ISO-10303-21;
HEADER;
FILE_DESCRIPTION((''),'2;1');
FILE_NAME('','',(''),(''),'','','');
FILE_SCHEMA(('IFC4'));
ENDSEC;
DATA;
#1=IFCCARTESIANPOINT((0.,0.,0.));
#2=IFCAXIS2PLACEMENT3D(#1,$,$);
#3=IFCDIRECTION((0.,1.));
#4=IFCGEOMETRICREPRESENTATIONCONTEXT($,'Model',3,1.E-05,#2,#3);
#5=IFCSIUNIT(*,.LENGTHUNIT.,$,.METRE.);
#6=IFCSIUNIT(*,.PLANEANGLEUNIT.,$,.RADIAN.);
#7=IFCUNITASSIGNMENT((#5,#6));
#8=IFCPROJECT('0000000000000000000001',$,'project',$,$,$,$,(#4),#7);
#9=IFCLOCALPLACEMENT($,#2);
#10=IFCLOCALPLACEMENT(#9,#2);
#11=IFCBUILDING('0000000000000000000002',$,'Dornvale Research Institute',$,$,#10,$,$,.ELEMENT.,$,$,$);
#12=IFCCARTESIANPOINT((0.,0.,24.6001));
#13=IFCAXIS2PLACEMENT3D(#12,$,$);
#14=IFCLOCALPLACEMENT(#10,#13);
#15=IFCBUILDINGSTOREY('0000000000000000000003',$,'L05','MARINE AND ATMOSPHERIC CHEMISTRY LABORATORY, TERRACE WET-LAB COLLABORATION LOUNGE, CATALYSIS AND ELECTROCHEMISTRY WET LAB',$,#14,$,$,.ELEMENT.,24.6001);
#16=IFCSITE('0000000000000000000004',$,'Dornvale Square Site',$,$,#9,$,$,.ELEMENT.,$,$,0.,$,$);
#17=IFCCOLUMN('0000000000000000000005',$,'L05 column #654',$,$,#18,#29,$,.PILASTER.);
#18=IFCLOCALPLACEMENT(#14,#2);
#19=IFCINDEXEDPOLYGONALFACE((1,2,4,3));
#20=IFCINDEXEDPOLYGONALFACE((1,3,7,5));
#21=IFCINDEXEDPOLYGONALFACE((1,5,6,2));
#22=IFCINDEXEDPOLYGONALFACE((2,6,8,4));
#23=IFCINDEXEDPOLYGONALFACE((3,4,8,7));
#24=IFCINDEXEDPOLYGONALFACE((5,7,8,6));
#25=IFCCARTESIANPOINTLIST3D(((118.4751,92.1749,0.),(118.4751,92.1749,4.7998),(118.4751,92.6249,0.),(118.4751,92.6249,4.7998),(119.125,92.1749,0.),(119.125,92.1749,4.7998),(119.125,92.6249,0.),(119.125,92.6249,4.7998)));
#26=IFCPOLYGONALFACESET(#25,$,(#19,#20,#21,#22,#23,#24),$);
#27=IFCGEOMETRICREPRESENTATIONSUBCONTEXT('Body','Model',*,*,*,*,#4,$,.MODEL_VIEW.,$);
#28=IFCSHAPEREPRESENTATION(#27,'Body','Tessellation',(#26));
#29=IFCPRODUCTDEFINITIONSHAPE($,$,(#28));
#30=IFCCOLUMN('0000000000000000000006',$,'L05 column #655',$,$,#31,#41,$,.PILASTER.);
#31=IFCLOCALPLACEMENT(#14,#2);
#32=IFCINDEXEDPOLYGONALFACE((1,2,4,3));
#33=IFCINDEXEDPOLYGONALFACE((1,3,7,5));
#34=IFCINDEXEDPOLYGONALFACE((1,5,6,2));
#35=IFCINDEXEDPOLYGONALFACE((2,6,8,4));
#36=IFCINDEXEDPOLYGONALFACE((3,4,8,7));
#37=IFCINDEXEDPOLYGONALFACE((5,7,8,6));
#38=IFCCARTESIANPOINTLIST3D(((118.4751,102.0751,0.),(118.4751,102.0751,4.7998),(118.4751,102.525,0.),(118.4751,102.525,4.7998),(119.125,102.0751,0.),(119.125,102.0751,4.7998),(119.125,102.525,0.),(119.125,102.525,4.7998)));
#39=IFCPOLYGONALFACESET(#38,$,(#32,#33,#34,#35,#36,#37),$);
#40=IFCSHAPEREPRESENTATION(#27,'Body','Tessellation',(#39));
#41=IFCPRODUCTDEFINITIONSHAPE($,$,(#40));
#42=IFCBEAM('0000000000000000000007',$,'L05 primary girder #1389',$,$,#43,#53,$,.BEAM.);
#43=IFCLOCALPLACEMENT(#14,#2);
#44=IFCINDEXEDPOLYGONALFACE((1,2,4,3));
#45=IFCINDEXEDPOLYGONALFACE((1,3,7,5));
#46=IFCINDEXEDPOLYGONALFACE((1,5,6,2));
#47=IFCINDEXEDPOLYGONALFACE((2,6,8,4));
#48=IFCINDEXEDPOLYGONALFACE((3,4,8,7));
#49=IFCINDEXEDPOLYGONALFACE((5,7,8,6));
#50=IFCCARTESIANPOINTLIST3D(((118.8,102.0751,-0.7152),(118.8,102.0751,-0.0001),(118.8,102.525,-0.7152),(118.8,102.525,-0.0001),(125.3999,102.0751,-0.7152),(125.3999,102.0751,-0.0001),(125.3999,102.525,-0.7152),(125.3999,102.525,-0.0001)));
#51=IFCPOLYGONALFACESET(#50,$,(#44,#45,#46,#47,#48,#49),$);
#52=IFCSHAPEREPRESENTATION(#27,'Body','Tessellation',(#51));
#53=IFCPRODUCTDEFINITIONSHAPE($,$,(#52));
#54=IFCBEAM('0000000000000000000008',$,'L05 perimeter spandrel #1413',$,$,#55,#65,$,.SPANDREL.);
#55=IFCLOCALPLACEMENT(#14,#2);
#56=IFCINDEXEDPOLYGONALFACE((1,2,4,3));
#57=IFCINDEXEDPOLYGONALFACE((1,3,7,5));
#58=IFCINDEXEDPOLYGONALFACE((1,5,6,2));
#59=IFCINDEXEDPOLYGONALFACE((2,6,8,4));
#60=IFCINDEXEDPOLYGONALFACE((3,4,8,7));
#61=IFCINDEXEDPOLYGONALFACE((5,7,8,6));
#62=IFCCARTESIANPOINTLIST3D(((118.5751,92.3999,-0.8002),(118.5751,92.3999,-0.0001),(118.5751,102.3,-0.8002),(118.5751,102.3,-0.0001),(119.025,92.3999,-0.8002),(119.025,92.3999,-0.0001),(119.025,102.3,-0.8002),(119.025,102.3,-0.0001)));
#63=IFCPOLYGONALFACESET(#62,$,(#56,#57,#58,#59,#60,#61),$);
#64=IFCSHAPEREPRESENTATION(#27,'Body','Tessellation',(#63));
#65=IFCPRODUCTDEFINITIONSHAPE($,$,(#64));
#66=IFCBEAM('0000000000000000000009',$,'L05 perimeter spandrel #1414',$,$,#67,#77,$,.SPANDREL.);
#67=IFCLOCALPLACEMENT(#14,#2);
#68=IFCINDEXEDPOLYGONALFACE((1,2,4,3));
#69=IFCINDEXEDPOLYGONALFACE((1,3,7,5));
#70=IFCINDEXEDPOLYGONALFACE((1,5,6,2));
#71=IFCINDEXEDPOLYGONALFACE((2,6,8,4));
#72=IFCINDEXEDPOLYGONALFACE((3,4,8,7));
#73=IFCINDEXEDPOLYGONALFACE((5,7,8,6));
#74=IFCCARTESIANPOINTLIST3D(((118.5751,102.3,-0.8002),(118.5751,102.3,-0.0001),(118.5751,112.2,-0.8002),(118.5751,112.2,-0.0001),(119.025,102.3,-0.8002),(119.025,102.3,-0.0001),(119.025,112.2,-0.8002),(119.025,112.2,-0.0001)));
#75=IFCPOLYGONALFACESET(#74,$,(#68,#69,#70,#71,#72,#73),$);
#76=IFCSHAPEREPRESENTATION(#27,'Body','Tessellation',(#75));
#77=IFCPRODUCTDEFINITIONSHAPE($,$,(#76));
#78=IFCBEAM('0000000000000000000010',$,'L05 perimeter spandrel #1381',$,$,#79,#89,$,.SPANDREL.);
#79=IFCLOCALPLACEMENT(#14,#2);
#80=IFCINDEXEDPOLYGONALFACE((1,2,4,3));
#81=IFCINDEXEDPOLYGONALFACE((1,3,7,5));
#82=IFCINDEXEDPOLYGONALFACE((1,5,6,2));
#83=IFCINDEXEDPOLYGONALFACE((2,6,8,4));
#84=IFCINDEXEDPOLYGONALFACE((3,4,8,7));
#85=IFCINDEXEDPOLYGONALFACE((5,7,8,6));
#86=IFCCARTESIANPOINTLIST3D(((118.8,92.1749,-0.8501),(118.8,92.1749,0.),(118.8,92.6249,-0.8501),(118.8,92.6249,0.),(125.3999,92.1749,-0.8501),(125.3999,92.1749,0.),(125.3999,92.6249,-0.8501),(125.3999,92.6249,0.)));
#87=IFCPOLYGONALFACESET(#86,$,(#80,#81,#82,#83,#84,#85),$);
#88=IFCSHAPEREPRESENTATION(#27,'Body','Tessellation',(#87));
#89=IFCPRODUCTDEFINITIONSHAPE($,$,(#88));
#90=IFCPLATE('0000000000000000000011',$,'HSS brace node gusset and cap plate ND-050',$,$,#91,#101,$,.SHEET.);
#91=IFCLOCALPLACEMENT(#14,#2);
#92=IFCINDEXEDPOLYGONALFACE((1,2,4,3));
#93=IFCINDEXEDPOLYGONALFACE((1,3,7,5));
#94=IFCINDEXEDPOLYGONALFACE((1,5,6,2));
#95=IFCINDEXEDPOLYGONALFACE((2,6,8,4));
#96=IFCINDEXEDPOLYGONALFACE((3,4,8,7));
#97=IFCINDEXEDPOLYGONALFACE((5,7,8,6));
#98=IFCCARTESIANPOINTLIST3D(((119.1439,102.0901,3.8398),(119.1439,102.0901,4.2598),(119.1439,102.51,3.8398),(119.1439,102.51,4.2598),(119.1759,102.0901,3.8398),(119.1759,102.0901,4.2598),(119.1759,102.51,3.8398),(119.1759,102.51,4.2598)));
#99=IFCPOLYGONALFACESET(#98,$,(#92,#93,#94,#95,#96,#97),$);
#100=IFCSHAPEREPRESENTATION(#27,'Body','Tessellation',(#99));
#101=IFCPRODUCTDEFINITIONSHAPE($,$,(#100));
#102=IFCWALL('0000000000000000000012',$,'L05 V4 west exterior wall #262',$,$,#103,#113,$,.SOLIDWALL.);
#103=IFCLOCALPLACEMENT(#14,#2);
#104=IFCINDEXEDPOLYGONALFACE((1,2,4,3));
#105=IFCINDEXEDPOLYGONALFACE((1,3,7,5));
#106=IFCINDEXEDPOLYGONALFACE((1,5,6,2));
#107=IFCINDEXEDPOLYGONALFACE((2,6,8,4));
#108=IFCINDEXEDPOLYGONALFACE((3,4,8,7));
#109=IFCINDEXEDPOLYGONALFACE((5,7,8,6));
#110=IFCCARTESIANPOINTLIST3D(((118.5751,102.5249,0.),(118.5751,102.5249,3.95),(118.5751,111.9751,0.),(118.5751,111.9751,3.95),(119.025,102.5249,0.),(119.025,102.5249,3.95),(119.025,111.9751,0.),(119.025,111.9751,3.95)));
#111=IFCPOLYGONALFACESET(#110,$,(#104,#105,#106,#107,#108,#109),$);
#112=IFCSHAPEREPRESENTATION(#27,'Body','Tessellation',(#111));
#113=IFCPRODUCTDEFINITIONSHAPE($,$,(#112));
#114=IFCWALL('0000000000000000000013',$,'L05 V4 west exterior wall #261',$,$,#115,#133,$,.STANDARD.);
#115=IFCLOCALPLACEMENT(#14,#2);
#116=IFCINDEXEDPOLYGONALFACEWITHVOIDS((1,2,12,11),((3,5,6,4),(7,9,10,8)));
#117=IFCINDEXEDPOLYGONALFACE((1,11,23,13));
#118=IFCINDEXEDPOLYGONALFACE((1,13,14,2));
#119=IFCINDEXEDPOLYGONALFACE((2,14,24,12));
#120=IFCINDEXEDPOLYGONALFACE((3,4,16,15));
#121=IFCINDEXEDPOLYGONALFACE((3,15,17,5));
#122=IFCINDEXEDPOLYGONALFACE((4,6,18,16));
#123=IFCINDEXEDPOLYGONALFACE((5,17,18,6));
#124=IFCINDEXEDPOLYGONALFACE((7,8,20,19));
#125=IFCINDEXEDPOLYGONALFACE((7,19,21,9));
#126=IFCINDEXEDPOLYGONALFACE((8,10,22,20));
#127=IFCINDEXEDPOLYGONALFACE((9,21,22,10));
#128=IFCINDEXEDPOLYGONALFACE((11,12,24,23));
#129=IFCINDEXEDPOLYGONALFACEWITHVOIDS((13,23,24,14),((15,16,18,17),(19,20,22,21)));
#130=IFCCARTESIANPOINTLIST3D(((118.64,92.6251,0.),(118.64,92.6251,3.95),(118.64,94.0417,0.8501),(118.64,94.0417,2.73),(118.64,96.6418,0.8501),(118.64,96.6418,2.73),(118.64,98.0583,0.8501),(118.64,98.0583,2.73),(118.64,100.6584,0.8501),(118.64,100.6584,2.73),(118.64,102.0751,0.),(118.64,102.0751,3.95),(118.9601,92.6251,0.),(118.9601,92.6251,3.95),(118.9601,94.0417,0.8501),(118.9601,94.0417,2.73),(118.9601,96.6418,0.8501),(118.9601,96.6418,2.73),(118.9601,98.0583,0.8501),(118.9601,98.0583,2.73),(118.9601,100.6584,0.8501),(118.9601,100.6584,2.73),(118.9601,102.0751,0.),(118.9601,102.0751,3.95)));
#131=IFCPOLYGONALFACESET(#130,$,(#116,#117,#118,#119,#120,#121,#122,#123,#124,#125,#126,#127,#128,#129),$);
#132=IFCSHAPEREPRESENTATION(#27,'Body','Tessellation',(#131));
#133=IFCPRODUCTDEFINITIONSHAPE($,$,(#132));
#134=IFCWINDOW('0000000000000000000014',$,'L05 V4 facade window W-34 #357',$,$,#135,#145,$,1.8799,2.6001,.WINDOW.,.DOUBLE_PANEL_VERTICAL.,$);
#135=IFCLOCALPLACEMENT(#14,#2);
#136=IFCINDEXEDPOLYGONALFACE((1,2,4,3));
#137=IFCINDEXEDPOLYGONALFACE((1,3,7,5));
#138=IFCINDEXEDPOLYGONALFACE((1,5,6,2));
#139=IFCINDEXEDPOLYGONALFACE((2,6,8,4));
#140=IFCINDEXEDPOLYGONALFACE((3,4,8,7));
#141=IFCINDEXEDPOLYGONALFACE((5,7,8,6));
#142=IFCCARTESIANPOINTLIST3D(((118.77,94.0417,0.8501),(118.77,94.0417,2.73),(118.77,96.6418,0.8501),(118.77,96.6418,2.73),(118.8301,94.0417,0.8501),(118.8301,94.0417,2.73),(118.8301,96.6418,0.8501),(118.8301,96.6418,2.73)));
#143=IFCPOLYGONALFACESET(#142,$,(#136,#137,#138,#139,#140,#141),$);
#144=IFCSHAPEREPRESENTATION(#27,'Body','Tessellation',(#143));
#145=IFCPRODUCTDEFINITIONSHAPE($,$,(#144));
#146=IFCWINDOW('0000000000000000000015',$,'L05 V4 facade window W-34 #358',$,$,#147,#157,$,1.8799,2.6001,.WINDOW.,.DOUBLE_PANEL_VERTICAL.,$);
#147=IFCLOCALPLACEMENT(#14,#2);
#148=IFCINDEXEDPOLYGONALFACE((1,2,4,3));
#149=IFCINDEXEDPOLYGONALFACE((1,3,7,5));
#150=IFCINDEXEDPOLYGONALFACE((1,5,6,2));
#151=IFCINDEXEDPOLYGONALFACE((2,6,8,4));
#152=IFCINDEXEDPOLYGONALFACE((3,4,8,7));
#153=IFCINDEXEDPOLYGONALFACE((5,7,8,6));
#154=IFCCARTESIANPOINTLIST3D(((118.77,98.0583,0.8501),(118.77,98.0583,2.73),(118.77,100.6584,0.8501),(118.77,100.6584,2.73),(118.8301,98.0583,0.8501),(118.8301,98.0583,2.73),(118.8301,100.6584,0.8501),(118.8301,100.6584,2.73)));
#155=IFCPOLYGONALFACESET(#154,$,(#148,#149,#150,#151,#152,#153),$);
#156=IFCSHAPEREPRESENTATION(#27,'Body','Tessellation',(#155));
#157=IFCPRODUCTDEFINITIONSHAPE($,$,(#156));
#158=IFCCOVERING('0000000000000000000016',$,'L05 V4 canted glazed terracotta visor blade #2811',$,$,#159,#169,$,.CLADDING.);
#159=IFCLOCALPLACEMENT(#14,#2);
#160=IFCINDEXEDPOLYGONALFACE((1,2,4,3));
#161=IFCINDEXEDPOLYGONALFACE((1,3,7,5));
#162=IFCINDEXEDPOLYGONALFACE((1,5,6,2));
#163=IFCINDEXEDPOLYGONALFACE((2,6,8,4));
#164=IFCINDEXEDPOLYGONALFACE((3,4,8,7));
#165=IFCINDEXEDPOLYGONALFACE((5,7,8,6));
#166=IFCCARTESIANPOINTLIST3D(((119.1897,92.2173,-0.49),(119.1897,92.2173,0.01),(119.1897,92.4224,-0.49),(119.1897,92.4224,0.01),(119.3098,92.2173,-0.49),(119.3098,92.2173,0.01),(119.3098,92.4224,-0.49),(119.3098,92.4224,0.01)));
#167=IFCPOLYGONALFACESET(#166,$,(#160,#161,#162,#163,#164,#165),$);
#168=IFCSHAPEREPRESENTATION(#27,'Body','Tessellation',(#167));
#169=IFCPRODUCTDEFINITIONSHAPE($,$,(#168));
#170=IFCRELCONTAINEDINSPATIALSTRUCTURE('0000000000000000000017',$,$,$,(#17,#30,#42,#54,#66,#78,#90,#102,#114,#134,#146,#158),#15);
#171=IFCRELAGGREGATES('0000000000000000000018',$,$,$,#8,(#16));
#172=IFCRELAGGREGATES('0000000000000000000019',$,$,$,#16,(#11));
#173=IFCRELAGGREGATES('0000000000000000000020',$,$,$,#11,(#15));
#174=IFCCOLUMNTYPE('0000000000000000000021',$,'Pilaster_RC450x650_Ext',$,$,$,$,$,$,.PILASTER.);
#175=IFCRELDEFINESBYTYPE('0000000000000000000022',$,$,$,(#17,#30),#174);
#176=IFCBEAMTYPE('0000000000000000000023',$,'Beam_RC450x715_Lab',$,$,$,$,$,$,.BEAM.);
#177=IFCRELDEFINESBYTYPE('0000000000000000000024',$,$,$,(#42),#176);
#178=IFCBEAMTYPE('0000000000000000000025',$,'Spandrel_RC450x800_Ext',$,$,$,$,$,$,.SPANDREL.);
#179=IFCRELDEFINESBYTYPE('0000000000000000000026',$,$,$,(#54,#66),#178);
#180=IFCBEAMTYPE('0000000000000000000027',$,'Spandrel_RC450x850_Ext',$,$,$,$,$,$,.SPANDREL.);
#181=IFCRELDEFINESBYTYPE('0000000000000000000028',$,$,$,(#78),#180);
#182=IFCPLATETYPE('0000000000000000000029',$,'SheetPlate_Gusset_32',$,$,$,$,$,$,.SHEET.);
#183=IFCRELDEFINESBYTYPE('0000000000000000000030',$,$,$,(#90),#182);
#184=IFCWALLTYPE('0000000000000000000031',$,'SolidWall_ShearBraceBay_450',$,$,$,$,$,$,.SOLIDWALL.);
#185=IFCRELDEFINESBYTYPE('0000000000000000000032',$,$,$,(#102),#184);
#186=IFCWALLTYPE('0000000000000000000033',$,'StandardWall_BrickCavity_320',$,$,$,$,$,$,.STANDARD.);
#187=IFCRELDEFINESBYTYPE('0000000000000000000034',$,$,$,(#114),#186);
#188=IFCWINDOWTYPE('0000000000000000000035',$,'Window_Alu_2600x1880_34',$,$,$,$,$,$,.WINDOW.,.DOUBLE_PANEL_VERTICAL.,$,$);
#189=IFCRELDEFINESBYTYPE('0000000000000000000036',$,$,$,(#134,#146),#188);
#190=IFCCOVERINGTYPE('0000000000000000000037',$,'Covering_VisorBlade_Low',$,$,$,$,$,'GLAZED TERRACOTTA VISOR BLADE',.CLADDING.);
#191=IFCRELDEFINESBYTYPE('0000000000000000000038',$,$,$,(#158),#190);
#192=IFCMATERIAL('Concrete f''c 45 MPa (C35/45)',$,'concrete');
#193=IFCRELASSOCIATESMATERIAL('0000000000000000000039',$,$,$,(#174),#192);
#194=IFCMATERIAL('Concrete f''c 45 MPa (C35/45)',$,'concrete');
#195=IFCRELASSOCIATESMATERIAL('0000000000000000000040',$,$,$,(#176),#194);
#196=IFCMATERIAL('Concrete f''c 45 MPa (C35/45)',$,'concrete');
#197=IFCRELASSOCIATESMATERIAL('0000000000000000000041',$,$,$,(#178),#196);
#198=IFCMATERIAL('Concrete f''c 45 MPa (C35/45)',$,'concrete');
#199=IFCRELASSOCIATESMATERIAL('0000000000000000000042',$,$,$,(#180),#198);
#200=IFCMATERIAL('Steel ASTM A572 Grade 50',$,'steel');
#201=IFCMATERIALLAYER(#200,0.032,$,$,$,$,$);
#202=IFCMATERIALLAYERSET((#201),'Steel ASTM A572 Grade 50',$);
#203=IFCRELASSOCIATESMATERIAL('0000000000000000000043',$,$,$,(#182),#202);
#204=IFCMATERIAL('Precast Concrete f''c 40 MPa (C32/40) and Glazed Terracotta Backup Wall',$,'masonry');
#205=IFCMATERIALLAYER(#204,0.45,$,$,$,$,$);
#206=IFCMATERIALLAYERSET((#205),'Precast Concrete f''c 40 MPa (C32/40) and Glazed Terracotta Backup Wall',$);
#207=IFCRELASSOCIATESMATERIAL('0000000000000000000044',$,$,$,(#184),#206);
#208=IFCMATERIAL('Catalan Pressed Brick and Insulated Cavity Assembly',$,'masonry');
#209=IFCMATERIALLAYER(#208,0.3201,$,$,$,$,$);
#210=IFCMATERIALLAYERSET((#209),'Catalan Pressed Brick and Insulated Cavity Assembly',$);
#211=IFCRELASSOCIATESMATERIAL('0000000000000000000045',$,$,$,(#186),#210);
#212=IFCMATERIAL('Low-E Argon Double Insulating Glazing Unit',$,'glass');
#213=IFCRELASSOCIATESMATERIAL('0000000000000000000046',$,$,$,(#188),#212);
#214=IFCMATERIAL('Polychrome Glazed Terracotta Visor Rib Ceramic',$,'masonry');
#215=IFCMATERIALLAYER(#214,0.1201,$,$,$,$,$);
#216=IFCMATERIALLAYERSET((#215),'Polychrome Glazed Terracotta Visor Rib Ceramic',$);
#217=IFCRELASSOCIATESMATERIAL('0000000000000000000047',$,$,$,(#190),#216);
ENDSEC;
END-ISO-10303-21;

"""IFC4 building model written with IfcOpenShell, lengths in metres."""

from ifc_helpers import new_model, si_unit, direction, frame, frame_2d, origin, origin_2d, place, context, subcontext, project, spatial, rectangle, extrude, material, layer, layer_set, material_profile, profile_set, type_object, element, fill, save


model = new_model("IFC4")

# Units and contexts
model_context = context("Model", 3, precision=1e-05, world=origin(), true_north=direction((0.0, 1.0)))
body_context = subcontext(model_context, "Body", "Model", "MODEL_VIEW")
ifc_project = project(units=[si_unit("LENGTHUNIT", "METRE"), si_unit("PLANEANGLEUNIT", "RADIAN")], contexts=[model_context])

# Site, building, storey
site_placement = place(None, origin())
site = spatial("IfcSite", under=ifc_project, at=site_placement, Name="Dornvale Square Site", CompositionType="ELEMENT", RefElevation=0.0)
building_placement = place(site_placement, origin())
building = spatial("IfcBuilding", under=site, at=building_placement, Name="Dornvale Research Institute", CompositionType="ELEMENT")
storey_placement = place(building_placement, frame((0.0, 0.0, 24.6001)))
storey = spatial("IfcBuildingStorey", under=building, at=storey_placement, Name="L05", Description="MARINE AND ATMOSPHERIC CHEMISTRY LABORATORY, TERRACE WET-LAB COLLABORATION LOUNGE, CATALYSIS AND ELECTROCHEMISTRY WET LAB", CompositionType="ELEMENT", Elevation=24.6001)

# Columns
ifc_material_1 = material(Name="Concrete f'c 45 MPa (C35/45)", Category="concrete")
ifc_material_profile_1 = material_profile(ifc_material_1, rectangle(XDim=0.45, YDim=0.6499, at=origin_2d()), Name="RC 450x650")
ifc_profile_set_1 = profile_set([ifc_material_profile_1], Name="Concrete f'c 45 MPa (C35/45)")
column_type = type_object("IfcColumnType", Name="Pilaster_RC450x650_Ext", PredefinedType="PILASTER", material=ifc_profile_set_1)
for number, where, z_axis, x_axis, name in (
    (1, (118.8, 92.3999, 0.0), (0.0, 0.0, 1.0), (0.0, 1.0, 0.0), "L05 column #654"),
    (2, (118.8, 102.3, 0.0), (0.0, 0.0, 1.0), (0.0, 1.0, 0.0), "L05 column #655"),
):
    element("IfcColumn", number, at=place(storey_placement, frame(where, z_axis=z_axis, x_axis=x_axis)), inside=storey, type_object=column_type, Name=name, PredefinedType="PILASTER", context=body_context, shape_type="SweptSolid", body=[
        extrude(rectangle(XDim=0.45, YDim=0.6499, at=origin_2d()), origin(), (0.0, 0.0, 1.0), 4.7998),
    ])

# Beams
ifc_material_2 = material(Name="Concrete f'c 45 MPa (C35/45)", Category="concrete")
ifc_material_profile_2 = material_profile(ifc_material_2, rectangle(XDim=0.45, YDim=0.7151, at=origin_2d()), Name="RC 450x715")
ifc_profile_set_2 = profile_set([ifc_material_profile_2], Name="Concrete f'c 45 MPa (C35/45)")
beam_type_1 = type_object("IfcBeamType", Name="Beam_RC450x715_Lab", PredefinedType="BEAM", material=ifc_profile_set_2)
beam_1_placement = place(storey_placement, frame((118.8, 102.3, -0.3577), z_axis=(1.0, 0.0, 0.0), x_axis=(0.0, 1.0, 0.0)))
element("IfcBeam", 3, at=beam_1_placement, inside=storey, type_object=beam_type_1, Name="L05 primary girder #1389", PredefinedType="BEAM", context=body_context, shape_type="SweptSolid", body=[
    extrude(rectangle(XDim=0.45, YDim=0.7151, at=origin_2d()), origin(), (0.0, 0.0, 1.0), 6.5999),
])
ifc_material_3 = material(Name="Concrete f'c 45 MPa (C35/45)", Category="concrete")
ifc_material_profile_3 = material_profile(ifc_material_3, rectangle(XDim=0.45, YDim=0.8, at=origin_2d()), Name="RC 450x800")
ifc_profile_set_3 = profile_set([ifc_material_profile_3], Name="Concrete f'c 45 MPa (C35/45)")
beam_type_2 = type_object("IfcBeamType", Name="Spandrel_RC450x800_Ext", PredefinedType="SPANDREL", material=ifc_profile_set_3)
beam_2_placement = place(storey_placement, frame((118.8, 92.3999, -0.4001), z_axis=(0.0, 1.0, 0.0), x_axis=(-1.0, 0.0, 0.0)))
element("IfcBeam", 4, at=beam_2_placement, inside=storey, type_object=beam_type_2, Name="L05 perimeter spandrel #1413", PredefinedType="SPANDREL", context=body_context, shape_type="SweptSolid", body=[
    extrude(rectangle(XDim=0.45, YDim=0.8, at=origin_2d()), origin(), (0.0, 0.0, 1.0), 9.9001),
])
beam_3_placement = place(storey_placement, frame((118.8, 102.3, -0.4001), z_axis=(0.0, 1.0, 0.0), x_axis=(-1.0, 0.0, 0.0)))
element("IfcBeam", 5, at=beam_3_placement, inside=storey, type_object=beam_type_2, Name="L05 perimeter spandrel #1414", PredefinedType="SPANDREL", context=body_context, shape_type="SweptSolid", body=[
    extrude(rectangle(XDim=0.45, YDim=0.8, at=origin_2d()), origin(), (0.0, 0.0, 1.0), 9.8999),
])
ifc_material_4 = material(Name="Concrete f'c 45 MPa (C35/45)", Category="concrete")
ifc_material_profile_4 = material_profile(ifc_material_4, rectangle(XDim=0.45, YDim=0.8501, at=origin_2d()), Name="RC 450x850")
ifc_profile_set_4 = profile_set([ifc_material_profile_4], Name="Concrete f'c 45 MPa (C35/45)")
beam_type_3 = type_object("IfcBeamType", Name="Spandrel_RC450x850_Ext", PredefinedType="SPANDREL", material=ifc_profile_set_4)
beam_4_placement = place(storey_placement, frame((118.8, 92.3999, -0.425), z_axis=(1.0, 0.0, 0.0), x_axis=(0.0, 1.0, 0.0)))
element("IfcBeam", 6, at=beam_4_placement, inside=storey, type_object=beam_type_3, Name="L05 perimeter spandrel #1381", PredefinedType="SPANDREL", context=body_context, shape_type="SweptSolid", body=[
    extrude(rectangle(XDim=0.45, YDim=0.8501, at=origin_2d()), origin(), (0.0, 0.0, 1.0), 6.5999),
])

# Plate
ifc_material_5 = material(Name="Steel ASTM A572 Grade 50", Category="steel")
ifc_layer_1 = layer(ifc_material_5, 0.032)
ifc_layer_set_1 = layer_set([ifc_layer_1], Name="Steel ASTM A572 Grade 50")
plate_type = type_object("IfcPlateType", Name="SheetPlate_Gusset_32", PredefinedType="SHEET", material=ifc_layer_set_1)
plate_placement = place(storey_placement, frame((119.1599, 102.3, 3.8398), z_axis=(0.0, 0.0, 1.0), x_axis=(0.0, 1.0, 0.0)))
element("IfcPlate", 7, at=plate_placement, inside=storey, type_object=plate_type, Name="HSS brace node gusset and cap plate ND-050", PredefinedType="SHEET", context=body_context, shape_type="SweptSolid", body=[
    extrude(rectangle(XDim=0.4199, YDim=0.032, at=origin_2d()), origin(), (0.0, 0.0, 1.0), 0.4199),
])

# Wall
ifc_material_6 = material(Name="Precast Concrete f'c 40 MPa (C32/40) and Glazed Terracotta Backup Wall", Category="masonry")
ifc_layer_2 = layer(ifc_material_6, 0.45)
ifc_layer_set_2 = layer_set([ifc_layer_2], Name="Precast Concrete f'c 40 MPa (C32/40) and Glazed Terracotta Backup Wall")
wall_type_1 = type_object("IfcWallType", Name="SolidWall_ShearBraceBay_450", PredefinedType="SOLIDWALL", material=ifc_layer_set_2)
wall_1_placement = place(storey_placement, frame((118.8, 102.5249, 0.0), z_axis=(0.0, 0.0, 1.0), x_axis=(0.0, 1.0, 0.0)))
element("IfcWall", 8, at=wall_1_placement, inside=storey, type_object=wall_type_1, Name="L05 V4 west exterior wall #262", PredefinedType="SOLIDWALL", context=body_context, shape_type="SweptSolid", body=[
    extrude(rectangle(XDim=9.4502, YDim=0.45, at=frame_2d((4.7251, 0.0))), origin(), (0.0, 0.0, 1.0), 3.95),
])

# Wall, openings, windows
ifc_material_7 = material(Name="Catalan Pressed Brick and Insulated Cavity Assembly", Category="masonry")
ifc_layer_3 = layer(ifc_material_7, 0.3201)
ifc_layer_set_3 = layer_set([ifc_layer_3], Name="Catalan Pressed Brick and Insulated Cavity Assembly")
wall_type_2 = type_object("IfcWallType", Name="StandardWall_BrickCavity_320", PredefinedType="STANDARD", material=ifc_layer_set_3)
wall_2_placement = place(storey_placement, frame((118.8, 92.625, 0.0), z_axis=(0.0, 0.0, 1.0), x_axis=(0.0, 1.0, 0.0)))
wall_2 = element("IfcWall", 9, at=wall_2_placement, inside=storey, type_object=wall_type_2, Name="L05 V4 west exterior wall #261", PredefinedType="STANDARD", context=body_context, shape_type="SweptSolid", body=[
    extrude(rectangle(XDim=9.45, YDim=0.3201, at=frame_2d((4.7251, 0.0))), origin(), (0.0, 0.0, 1.0), 3.95),
])
opening_1_placement = place(wall_2_placement, frame((1.4167, 0.0, 0.8501)))
opening_1 = element("IfcOpeningElement", 10, at=opening_1_placement, cuts=wall_2, PredefinedType="OPENING", context=body_context, shape_type="SweptSolid", body=[
    extrude(rectangle(XDim=2.6001, YDim=1.8799, at=frame_2d((1.3, 0.9399))), frame((0.0, 0.175, 0.0), z_axis=(0.0, -1.0, 0.0), x_axis=(1.0, 0.0, 0.0)), (0.0, 0.0, 1.0), 0.3501),
])
opening_2_placement = place(wall_2_placement, frame((5.4333, 0.0, 0.8501)))
opening_2 = element("IfcOpeningElement", 11, at=opening_2_placement, cuts=wall_2, PredefinedType="OPENING", context=body_context, shape_type="SweptSolid", body=[
    extrude(rectangle(XDim=2.6001, YDim=1.8799, at=frame_2d((1.3, 0.9399))), frame((0.0, 0.175, 0.0), z_axis=(0.0, -1.0, 0.0), x_axis=(1.0, 0.0, 0.0)), (0.0, 0.0, 1.0), 0.3501),
])
ifc_material_8 = material(Name="Low-E Argon Double Insulating Glazing Unit", Category="glass")
window_type = type_object("IfcWindowType", Name="Window_Alu_2600x1880_34", PartitioningType="DOUBLE_PANEL_VERTICAL", PredefinedType="WINDOW", material=ifc_material_8)
window_1_placement = place(opening_1_placement, origin())
window_1 = element("IfcWindow", 12, at=window_1_placement, inside=storey, type_object=window_type, Name="L05 V4 facade window W-34 #357", OverallHeight=1.8799, OverallWidth=2.6001, PartitioningType="DOUBLE_PANEL_VERTICAL", PredefinedType="WINDOW", context=body_context, shape_type="SweptSolid", body=[
    extrude(rectangle(XDim=2.6001, YDim=1.8799, at=frame_2d((1.3, 0.9399))), frame((0.0, 0.03, 0.0), z_axis=(0.0, -1.0, 0.0), x_axis=(1.0, 0.0, 0.0)), (0.0, 0.0, 1.0), 0.0601),
])
fill(opening_1, window_1)
window_2_placement = place(opening_2_placement, origin())
window_2 = element("IfcWindow", 13, at=window_2_placement, inside=storey, type_object=window_type, Name="L05 V4 facade window W-34 #358", OverallHeight=1.8799, OverallWidth=2.6001, PartitioningType="DOUBLE_PANEL_VERTICAL", PredefinedType="WINDOW", context=body_context, shape_type="SweptSolid", body=[
    extrude(rectangle(XDim=2.6001, YDim=1.8799, at=frame_2d((1.3, 0.9399))), frame((0.0, 0.03, 0.0), z_axis=(0.0, -1.0, 0.0), x_axis=(1.0, 0.0, 0.0)), (0.0, 0.0, 1.0), 0.0601),
])
fill(opening_2, window_2)

# Covering
ifc_material_9 = material(Name="Polychrome Glazed Terracotta Visor Rib Ceramic", Category="masonry")
ifc_layer_4 = layer(ifc_material_9, 0.1201)
ifc_layer_set_4 = layer_set([ifc_layer_4], Name="Polychrome Glazed Terracotta Visor Rib Ceramic")
covering_type = type_object("IfcCoveringType", Name="Covering_VisorBlade_Low", ElementType="GLAZED TERRACOTTA VISOR BLADE", PredefinedType="CLADDING", material=ifc_layer_set_4)
covering_1_placement = place(storey_placement, frame((119.2498, 92.3198, -0.49), z_axis=(0.0, 0.0, 1.0), x_axis=(0.0, 1.0, 0.0)))
element("IfcCovering", 14, at=covering_1_placement, inside=storey, type_object=covering_type, Name="L05 V4 canted glazed terracotta visor blade #2811", PredefinedType="CLADDING", context=body_context, shape_type="SweptSolid", body=[
    extrude(rectangle(XDim=0.2051, YDim=0.1201, at=origin_2d()), origin(), (0.0, 0.0, 1.0), 0.5),
])

save(model, "model.ifc")
